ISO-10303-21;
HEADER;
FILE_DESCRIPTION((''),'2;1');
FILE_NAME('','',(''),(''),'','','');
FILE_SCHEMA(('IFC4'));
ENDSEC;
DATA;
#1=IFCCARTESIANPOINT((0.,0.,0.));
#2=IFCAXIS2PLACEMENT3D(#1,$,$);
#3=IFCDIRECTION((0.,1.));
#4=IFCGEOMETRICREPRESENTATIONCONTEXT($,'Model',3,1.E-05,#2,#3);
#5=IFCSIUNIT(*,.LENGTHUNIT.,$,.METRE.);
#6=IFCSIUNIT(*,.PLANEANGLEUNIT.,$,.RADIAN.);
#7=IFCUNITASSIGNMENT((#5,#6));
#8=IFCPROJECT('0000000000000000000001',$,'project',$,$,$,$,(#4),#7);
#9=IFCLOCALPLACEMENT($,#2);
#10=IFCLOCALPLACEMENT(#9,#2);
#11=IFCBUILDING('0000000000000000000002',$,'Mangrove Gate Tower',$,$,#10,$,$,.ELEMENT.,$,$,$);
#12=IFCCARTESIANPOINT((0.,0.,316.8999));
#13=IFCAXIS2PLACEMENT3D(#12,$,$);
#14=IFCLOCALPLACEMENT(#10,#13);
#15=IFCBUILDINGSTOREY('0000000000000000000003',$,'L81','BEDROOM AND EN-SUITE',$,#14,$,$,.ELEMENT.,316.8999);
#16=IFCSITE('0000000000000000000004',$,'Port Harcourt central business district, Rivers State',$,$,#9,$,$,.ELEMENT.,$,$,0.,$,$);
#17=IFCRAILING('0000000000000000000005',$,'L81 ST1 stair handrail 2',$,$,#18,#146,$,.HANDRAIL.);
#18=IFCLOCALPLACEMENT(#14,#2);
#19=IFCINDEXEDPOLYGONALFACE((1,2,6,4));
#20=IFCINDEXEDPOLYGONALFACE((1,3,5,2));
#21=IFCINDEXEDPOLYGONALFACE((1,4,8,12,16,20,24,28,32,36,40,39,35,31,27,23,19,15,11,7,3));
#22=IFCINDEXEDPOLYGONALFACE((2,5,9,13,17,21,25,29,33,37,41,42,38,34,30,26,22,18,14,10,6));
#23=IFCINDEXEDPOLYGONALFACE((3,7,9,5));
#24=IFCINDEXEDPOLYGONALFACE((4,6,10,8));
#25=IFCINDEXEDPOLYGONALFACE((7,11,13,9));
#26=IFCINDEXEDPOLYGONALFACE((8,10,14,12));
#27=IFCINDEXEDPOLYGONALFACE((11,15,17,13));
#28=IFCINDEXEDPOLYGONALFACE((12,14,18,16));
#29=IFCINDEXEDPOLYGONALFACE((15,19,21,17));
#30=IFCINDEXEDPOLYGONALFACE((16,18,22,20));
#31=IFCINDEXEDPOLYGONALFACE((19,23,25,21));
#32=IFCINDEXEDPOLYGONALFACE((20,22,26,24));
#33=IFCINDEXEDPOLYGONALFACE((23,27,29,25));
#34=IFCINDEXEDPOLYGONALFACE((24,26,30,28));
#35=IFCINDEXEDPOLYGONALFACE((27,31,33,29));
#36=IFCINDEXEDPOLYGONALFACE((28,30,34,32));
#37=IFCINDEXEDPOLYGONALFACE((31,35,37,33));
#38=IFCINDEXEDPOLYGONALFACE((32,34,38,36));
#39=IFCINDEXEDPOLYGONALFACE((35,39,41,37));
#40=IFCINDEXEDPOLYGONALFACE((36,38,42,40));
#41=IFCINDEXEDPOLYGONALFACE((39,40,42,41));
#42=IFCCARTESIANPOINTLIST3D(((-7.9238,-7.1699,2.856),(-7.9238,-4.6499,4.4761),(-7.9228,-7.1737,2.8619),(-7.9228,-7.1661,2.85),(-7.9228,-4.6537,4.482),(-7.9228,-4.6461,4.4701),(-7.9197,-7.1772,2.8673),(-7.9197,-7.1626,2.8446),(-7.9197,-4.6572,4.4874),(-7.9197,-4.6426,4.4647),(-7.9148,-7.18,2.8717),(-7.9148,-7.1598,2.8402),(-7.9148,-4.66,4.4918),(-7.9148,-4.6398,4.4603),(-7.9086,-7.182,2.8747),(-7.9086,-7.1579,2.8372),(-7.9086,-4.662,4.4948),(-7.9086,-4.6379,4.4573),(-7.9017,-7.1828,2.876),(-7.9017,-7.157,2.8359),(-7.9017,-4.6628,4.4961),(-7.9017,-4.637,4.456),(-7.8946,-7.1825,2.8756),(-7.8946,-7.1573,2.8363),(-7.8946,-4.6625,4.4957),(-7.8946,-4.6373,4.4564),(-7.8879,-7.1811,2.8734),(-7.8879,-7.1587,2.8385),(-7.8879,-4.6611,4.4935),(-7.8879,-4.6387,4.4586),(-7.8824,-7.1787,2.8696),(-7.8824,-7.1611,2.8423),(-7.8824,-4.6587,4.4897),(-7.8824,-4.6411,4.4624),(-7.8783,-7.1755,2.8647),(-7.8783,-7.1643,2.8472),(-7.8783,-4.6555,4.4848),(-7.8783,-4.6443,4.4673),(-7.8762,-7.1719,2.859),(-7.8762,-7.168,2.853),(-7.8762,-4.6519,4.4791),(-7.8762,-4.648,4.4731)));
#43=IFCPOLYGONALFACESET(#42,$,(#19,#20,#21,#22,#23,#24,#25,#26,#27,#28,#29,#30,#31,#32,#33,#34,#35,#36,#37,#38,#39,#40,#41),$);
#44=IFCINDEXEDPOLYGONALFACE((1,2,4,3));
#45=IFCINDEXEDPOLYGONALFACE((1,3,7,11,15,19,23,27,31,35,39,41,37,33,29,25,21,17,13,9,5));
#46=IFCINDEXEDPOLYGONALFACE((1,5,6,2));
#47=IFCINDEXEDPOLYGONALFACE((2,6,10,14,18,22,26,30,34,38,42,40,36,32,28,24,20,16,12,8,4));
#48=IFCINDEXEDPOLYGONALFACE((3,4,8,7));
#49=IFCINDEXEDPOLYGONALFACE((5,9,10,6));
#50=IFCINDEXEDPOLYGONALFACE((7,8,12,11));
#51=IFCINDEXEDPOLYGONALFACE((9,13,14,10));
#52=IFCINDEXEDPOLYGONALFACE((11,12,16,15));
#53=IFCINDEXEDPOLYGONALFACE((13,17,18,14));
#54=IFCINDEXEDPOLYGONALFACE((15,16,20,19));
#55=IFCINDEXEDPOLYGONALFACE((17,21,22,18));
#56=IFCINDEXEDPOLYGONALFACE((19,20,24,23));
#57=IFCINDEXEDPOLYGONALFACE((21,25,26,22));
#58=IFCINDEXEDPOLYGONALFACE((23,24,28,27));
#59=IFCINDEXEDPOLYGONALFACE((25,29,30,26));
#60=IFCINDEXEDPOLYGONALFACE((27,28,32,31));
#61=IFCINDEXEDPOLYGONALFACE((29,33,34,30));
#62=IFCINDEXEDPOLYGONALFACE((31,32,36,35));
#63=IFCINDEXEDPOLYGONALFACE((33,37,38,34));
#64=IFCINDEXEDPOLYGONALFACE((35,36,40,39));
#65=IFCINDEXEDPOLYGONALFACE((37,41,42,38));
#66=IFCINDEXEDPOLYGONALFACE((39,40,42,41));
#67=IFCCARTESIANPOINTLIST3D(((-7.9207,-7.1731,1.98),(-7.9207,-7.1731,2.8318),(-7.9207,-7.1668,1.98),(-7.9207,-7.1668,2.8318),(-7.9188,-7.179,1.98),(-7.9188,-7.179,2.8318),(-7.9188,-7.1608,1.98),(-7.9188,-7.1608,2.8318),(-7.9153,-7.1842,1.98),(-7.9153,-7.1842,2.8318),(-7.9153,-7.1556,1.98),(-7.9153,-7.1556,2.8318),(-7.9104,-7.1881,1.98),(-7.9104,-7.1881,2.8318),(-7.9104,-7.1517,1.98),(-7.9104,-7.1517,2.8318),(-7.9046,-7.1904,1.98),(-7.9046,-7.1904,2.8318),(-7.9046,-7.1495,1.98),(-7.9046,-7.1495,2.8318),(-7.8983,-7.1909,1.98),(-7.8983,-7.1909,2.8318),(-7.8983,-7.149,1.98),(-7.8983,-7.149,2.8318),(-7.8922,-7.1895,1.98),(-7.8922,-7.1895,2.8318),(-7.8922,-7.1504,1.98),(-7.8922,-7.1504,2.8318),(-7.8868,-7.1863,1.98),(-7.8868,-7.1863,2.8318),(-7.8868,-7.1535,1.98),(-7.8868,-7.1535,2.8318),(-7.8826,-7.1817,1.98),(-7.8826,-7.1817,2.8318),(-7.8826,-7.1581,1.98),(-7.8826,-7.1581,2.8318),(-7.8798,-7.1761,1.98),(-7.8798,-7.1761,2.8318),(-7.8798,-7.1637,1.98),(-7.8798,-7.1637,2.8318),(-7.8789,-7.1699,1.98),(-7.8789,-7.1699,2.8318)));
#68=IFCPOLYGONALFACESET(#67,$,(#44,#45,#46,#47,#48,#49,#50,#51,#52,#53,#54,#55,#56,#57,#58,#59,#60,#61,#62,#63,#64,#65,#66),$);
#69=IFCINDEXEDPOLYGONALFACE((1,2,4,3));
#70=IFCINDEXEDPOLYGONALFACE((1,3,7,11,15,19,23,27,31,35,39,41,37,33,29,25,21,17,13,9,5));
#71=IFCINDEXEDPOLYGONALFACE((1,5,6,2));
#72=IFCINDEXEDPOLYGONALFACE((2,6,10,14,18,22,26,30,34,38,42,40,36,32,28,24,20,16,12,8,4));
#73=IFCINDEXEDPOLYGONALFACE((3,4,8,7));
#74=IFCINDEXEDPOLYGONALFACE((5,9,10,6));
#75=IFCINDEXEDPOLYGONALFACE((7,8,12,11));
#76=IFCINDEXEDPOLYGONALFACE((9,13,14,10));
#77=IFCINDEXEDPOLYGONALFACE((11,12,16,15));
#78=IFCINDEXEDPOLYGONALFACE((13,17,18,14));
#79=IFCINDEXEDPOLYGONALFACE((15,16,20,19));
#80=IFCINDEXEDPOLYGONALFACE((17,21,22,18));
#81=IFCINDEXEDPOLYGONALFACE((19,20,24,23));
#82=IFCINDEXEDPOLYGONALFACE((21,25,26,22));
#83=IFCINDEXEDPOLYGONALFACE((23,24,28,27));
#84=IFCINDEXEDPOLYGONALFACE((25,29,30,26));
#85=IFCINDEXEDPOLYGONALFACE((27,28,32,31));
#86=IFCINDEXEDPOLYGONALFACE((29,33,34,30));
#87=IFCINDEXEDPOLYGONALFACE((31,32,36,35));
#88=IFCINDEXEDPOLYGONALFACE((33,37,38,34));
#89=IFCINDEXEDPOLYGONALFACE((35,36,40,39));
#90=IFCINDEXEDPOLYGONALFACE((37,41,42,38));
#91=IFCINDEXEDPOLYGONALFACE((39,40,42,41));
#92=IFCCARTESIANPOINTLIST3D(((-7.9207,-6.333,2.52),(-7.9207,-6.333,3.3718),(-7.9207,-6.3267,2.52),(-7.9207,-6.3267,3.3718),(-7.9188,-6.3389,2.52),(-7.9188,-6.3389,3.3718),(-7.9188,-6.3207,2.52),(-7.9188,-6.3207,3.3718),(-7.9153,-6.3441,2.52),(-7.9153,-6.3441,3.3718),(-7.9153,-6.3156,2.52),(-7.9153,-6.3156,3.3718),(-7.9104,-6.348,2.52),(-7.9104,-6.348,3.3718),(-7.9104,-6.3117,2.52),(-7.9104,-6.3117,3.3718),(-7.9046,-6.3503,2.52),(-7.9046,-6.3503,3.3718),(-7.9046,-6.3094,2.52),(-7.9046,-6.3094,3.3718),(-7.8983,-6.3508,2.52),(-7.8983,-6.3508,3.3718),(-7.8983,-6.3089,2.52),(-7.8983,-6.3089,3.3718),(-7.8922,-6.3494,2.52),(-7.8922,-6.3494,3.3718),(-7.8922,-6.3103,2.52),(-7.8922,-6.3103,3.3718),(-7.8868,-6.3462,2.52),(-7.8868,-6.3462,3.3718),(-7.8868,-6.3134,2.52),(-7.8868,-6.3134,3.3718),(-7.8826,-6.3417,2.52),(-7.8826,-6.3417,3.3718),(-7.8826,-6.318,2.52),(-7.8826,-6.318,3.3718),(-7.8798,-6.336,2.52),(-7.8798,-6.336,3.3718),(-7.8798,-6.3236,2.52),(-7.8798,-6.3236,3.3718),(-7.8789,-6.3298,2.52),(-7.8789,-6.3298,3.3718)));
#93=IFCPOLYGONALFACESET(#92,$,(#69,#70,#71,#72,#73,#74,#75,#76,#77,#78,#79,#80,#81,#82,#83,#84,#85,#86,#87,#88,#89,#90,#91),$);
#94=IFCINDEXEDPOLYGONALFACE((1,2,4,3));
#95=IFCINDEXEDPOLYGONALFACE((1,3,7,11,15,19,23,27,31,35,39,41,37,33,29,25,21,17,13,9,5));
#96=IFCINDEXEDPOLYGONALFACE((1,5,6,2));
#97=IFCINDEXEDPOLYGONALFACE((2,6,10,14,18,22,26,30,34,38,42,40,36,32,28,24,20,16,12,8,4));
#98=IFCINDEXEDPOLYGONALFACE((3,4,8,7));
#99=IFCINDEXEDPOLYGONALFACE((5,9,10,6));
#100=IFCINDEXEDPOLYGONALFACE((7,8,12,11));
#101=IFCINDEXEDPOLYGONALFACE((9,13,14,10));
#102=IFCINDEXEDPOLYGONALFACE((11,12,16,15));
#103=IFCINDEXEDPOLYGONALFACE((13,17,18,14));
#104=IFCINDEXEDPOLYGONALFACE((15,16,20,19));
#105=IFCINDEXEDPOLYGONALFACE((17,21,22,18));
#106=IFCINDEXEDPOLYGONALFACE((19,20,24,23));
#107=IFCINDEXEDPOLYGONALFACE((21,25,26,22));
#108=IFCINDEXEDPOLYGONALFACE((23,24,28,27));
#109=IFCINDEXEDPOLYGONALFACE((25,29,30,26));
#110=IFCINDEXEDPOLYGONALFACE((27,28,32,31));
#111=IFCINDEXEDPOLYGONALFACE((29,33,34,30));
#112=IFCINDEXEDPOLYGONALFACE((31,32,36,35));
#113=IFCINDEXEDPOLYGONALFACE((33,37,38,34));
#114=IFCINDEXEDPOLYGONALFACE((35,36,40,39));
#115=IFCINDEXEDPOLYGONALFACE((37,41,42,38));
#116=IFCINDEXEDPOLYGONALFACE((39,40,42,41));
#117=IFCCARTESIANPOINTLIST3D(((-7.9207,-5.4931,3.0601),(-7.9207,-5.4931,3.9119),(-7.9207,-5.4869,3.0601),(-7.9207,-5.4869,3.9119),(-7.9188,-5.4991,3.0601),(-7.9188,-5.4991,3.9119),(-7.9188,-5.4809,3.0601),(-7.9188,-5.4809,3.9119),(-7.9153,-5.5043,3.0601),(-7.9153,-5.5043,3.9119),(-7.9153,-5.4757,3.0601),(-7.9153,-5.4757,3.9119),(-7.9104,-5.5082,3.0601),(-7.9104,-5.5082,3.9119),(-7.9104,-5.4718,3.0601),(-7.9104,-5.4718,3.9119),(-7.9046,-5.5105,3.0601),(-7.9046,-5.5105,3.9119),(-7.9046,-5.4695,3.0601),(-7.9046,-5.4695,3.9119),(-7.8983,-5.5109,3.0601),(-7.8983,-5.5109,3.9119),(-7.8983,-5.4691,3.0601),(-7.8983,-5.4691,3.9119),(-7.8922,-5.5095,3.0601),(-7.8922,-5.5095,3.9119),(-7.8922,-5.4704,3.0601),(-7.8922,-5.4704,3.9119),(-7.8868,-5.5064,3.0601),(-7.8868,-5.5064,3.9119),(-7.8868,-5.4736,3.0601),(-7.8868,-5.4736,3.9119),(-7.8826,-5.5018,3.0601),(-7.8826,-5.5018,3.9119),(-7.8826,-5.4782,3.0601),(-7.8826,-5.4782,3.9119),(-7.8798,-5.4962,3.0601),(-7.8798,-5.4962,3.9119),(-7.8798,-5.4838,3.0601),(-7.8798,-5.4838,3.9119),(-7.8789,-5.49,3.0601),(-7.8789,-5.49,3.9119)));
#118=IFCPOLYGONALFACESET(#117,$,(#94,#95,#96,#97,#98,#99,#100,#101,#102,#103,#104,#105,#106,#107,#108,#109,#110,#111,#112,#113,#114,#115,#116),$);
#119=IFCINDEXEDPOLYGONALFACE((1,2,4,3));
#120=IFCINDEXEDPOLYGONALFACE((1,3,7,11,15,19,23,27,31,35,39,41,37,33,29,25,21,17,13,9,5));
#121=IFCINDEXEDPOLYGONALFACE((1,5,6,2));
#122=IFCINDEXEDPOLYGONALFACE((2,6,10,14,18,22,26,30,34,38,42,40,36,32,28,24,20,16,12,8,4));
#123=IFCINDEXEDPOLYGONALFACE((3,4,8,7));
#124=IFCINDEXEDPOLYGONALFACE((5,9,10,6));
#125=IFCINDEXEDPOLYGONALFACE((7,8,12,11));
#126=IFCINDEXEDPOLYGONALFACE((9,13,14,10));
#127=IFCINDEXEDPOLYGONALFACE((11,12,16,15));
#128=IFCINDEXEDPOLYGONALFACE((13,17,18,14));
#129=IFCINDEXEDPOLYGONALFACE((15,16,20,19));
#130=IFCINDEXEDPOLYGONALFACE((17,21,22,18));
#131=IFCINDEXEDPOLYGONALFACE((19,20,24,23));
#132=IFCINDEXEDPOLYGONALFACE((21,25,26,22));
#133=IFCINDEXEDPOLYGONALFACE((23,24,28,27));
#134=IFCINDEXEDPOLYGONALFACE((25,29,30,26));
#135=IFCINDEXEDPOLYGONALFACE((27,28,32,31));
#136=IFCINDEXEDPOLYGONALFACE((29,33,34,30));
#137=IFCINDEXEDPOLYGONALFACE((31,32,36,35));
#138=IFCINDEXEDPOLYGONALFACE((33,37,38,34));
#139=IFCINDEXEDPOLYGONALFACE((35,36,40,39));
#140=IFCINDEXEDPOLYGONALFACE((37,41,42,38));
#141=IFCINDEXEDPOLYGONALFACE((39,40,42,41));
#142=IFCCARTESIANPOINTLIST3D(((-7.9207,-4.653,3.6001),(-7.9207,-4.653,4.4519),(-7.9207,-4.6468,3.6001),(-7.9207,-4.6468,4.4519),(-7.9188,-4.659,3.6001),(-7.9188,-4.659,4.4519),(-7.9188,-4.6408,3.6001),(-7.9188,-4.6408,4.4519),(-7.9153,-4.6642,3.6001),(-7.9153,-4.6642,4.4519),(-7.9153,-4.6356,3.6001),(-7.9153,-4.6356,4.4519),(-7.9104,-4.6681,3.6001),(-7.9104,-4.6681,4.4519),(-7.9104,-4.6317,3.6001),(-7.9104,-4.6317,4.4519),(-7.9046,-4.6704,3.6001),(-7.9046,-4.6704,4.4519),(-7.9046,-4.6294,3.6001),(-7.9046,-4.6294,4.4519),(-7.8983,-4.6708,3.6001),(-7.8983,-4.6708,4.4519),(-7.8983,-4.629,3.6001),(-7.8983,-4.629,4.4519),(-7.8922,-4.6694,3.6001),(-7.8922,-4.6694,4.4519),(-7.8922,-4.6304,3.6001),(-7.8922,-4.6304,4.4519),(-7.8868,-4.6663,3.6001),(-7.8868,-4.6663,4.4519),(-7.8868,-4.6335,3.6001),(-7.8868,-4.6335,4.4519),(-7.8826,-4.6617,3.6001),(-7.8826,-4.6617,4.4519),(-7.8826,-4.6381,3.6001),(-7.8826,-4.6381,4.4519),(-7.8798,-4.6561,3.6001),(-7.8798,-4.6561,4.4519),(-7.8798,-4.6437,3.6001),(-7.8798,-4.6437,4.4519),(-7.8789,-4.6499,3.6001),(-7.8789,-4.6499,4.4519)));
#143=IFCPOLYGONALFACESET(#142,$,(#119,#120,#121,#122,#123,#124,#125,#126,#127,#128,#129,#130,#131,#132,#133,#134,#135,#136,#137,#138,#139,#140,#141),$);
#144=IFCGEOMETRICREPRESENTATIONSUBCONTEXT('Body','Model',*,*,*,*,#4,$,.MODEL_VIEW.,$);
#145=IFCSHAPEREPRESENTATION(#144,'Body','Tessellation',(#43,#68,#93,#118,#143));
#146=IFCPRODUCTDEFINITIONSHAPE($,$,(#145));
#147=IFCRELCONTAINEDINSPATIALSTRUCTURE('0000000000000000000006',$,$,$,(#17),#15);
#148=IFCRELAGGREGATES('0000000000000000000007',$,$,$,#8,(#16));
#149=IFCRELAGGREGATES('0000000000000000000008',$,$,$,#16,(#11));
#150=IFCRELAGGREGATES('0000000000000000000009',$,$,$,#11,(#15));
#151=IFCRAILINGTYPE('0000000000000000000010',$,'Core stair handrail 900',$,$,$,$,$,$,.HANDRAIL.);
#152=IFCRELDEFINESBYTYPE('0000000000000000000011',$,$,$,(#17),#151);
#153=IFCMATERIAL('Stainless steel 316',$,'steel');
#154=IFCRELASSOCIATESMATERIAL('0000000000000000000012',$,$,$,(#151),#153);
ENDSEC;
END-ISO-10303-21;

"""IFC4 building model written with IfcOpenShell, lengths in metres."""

from ifc_helpers import new_model, si_unit, direction, frame, origin, origin_2d, place, context, subcontext, project, spatial, circle, extrude, material, type_object, element, save


model = new_model("IFC4")

# Units and contexts
model_context = context("Model", 3, precision=1e-05, world=origin(), true_north=direction((0.0, 1.0)))
body_context = subcontext(model_context, "Body", "Model", "MODEL_VIEW")
ifc_project = project(units=[si_unit("LENGTHUNIT", "METRE"), si_unit("PLANEANGLEUNIT", "RADIAN")], contexts=[model_context])

# Site, building, storey
site_placement = place(None, origin())
site = spatial("IfcSite", under=ifc_project, at=site_placement, Name="Port Harcourt central business district, Rivers State", CompositionType="ELEMENT", RefElevation=0.0)
building_placement = place(site_placement, origin())
building = spatial("IfcBuilding", under=site, at=building_placement, Name="Mangrove Gate Tower", CompositionType="ELEMENT")
storey_placement = place(building_placement, frame((0.0, 0.0, 316.8999)))
storey = spatial("IfcBuildingStorey", under=building, at=storey_placement, Name="L81", Description="BEDROOM AND EN-SUITE", CompositionType="ELEMENT", Elevation=316.8999)

# Railing
ifc_material_1 = material(Name="Stainless steel 316", Category="steel")
railing_type_1 = type_object("IfcRailingType", Name="Core stair handrail 900", PredefinedType="HANDRAIL", material=ifc_material_1)
railing_1_placement = place(storey_placement, frame((-7.8999, -7.1699, 1.98)))
element("IfcRailing", 1, at=railing_1_placement, inside=storey, type_object=railing_type_1, Name="L81 ST1 stair handrail 2", PredefinedType="HANDRAIL", context=body_context, shape_type="SweptSolid", body=[
    extrude(circle(Radius=0.0239, at=origin_2d()), frame((0.0, 0.0, 0.876), z_axis=(0.0, 0.841163, 0.540782), x_axis=(-1.0, 0.0, 0.0)), (0.0, 0.0, 1.0), 2.9958),
    extrude(circle(Radius=0.021, at=origin_2d()), origin(), (0.0, 0.0, 1.0), 0.8518),
    extrude(circle(Radius=0.021, at=origin_2d()), frame((0.0, 0.8401, 0.54)), (0.0, 0.0, 1.0), 0.8518),
    extrude(circle(Radius=0.021, at=origin_2d()), frame((0.0, 1.6799, 1.0801)), (0.0, 0.0, 1.0), 0.8518),
    extrude(circle(Radius=0.021, at=origin_2d()), frame((0.0, 2.52, 1.6201)), (0.0, 0.0, 1.0), 0.8518),
])

save(model, "model.ifc")
